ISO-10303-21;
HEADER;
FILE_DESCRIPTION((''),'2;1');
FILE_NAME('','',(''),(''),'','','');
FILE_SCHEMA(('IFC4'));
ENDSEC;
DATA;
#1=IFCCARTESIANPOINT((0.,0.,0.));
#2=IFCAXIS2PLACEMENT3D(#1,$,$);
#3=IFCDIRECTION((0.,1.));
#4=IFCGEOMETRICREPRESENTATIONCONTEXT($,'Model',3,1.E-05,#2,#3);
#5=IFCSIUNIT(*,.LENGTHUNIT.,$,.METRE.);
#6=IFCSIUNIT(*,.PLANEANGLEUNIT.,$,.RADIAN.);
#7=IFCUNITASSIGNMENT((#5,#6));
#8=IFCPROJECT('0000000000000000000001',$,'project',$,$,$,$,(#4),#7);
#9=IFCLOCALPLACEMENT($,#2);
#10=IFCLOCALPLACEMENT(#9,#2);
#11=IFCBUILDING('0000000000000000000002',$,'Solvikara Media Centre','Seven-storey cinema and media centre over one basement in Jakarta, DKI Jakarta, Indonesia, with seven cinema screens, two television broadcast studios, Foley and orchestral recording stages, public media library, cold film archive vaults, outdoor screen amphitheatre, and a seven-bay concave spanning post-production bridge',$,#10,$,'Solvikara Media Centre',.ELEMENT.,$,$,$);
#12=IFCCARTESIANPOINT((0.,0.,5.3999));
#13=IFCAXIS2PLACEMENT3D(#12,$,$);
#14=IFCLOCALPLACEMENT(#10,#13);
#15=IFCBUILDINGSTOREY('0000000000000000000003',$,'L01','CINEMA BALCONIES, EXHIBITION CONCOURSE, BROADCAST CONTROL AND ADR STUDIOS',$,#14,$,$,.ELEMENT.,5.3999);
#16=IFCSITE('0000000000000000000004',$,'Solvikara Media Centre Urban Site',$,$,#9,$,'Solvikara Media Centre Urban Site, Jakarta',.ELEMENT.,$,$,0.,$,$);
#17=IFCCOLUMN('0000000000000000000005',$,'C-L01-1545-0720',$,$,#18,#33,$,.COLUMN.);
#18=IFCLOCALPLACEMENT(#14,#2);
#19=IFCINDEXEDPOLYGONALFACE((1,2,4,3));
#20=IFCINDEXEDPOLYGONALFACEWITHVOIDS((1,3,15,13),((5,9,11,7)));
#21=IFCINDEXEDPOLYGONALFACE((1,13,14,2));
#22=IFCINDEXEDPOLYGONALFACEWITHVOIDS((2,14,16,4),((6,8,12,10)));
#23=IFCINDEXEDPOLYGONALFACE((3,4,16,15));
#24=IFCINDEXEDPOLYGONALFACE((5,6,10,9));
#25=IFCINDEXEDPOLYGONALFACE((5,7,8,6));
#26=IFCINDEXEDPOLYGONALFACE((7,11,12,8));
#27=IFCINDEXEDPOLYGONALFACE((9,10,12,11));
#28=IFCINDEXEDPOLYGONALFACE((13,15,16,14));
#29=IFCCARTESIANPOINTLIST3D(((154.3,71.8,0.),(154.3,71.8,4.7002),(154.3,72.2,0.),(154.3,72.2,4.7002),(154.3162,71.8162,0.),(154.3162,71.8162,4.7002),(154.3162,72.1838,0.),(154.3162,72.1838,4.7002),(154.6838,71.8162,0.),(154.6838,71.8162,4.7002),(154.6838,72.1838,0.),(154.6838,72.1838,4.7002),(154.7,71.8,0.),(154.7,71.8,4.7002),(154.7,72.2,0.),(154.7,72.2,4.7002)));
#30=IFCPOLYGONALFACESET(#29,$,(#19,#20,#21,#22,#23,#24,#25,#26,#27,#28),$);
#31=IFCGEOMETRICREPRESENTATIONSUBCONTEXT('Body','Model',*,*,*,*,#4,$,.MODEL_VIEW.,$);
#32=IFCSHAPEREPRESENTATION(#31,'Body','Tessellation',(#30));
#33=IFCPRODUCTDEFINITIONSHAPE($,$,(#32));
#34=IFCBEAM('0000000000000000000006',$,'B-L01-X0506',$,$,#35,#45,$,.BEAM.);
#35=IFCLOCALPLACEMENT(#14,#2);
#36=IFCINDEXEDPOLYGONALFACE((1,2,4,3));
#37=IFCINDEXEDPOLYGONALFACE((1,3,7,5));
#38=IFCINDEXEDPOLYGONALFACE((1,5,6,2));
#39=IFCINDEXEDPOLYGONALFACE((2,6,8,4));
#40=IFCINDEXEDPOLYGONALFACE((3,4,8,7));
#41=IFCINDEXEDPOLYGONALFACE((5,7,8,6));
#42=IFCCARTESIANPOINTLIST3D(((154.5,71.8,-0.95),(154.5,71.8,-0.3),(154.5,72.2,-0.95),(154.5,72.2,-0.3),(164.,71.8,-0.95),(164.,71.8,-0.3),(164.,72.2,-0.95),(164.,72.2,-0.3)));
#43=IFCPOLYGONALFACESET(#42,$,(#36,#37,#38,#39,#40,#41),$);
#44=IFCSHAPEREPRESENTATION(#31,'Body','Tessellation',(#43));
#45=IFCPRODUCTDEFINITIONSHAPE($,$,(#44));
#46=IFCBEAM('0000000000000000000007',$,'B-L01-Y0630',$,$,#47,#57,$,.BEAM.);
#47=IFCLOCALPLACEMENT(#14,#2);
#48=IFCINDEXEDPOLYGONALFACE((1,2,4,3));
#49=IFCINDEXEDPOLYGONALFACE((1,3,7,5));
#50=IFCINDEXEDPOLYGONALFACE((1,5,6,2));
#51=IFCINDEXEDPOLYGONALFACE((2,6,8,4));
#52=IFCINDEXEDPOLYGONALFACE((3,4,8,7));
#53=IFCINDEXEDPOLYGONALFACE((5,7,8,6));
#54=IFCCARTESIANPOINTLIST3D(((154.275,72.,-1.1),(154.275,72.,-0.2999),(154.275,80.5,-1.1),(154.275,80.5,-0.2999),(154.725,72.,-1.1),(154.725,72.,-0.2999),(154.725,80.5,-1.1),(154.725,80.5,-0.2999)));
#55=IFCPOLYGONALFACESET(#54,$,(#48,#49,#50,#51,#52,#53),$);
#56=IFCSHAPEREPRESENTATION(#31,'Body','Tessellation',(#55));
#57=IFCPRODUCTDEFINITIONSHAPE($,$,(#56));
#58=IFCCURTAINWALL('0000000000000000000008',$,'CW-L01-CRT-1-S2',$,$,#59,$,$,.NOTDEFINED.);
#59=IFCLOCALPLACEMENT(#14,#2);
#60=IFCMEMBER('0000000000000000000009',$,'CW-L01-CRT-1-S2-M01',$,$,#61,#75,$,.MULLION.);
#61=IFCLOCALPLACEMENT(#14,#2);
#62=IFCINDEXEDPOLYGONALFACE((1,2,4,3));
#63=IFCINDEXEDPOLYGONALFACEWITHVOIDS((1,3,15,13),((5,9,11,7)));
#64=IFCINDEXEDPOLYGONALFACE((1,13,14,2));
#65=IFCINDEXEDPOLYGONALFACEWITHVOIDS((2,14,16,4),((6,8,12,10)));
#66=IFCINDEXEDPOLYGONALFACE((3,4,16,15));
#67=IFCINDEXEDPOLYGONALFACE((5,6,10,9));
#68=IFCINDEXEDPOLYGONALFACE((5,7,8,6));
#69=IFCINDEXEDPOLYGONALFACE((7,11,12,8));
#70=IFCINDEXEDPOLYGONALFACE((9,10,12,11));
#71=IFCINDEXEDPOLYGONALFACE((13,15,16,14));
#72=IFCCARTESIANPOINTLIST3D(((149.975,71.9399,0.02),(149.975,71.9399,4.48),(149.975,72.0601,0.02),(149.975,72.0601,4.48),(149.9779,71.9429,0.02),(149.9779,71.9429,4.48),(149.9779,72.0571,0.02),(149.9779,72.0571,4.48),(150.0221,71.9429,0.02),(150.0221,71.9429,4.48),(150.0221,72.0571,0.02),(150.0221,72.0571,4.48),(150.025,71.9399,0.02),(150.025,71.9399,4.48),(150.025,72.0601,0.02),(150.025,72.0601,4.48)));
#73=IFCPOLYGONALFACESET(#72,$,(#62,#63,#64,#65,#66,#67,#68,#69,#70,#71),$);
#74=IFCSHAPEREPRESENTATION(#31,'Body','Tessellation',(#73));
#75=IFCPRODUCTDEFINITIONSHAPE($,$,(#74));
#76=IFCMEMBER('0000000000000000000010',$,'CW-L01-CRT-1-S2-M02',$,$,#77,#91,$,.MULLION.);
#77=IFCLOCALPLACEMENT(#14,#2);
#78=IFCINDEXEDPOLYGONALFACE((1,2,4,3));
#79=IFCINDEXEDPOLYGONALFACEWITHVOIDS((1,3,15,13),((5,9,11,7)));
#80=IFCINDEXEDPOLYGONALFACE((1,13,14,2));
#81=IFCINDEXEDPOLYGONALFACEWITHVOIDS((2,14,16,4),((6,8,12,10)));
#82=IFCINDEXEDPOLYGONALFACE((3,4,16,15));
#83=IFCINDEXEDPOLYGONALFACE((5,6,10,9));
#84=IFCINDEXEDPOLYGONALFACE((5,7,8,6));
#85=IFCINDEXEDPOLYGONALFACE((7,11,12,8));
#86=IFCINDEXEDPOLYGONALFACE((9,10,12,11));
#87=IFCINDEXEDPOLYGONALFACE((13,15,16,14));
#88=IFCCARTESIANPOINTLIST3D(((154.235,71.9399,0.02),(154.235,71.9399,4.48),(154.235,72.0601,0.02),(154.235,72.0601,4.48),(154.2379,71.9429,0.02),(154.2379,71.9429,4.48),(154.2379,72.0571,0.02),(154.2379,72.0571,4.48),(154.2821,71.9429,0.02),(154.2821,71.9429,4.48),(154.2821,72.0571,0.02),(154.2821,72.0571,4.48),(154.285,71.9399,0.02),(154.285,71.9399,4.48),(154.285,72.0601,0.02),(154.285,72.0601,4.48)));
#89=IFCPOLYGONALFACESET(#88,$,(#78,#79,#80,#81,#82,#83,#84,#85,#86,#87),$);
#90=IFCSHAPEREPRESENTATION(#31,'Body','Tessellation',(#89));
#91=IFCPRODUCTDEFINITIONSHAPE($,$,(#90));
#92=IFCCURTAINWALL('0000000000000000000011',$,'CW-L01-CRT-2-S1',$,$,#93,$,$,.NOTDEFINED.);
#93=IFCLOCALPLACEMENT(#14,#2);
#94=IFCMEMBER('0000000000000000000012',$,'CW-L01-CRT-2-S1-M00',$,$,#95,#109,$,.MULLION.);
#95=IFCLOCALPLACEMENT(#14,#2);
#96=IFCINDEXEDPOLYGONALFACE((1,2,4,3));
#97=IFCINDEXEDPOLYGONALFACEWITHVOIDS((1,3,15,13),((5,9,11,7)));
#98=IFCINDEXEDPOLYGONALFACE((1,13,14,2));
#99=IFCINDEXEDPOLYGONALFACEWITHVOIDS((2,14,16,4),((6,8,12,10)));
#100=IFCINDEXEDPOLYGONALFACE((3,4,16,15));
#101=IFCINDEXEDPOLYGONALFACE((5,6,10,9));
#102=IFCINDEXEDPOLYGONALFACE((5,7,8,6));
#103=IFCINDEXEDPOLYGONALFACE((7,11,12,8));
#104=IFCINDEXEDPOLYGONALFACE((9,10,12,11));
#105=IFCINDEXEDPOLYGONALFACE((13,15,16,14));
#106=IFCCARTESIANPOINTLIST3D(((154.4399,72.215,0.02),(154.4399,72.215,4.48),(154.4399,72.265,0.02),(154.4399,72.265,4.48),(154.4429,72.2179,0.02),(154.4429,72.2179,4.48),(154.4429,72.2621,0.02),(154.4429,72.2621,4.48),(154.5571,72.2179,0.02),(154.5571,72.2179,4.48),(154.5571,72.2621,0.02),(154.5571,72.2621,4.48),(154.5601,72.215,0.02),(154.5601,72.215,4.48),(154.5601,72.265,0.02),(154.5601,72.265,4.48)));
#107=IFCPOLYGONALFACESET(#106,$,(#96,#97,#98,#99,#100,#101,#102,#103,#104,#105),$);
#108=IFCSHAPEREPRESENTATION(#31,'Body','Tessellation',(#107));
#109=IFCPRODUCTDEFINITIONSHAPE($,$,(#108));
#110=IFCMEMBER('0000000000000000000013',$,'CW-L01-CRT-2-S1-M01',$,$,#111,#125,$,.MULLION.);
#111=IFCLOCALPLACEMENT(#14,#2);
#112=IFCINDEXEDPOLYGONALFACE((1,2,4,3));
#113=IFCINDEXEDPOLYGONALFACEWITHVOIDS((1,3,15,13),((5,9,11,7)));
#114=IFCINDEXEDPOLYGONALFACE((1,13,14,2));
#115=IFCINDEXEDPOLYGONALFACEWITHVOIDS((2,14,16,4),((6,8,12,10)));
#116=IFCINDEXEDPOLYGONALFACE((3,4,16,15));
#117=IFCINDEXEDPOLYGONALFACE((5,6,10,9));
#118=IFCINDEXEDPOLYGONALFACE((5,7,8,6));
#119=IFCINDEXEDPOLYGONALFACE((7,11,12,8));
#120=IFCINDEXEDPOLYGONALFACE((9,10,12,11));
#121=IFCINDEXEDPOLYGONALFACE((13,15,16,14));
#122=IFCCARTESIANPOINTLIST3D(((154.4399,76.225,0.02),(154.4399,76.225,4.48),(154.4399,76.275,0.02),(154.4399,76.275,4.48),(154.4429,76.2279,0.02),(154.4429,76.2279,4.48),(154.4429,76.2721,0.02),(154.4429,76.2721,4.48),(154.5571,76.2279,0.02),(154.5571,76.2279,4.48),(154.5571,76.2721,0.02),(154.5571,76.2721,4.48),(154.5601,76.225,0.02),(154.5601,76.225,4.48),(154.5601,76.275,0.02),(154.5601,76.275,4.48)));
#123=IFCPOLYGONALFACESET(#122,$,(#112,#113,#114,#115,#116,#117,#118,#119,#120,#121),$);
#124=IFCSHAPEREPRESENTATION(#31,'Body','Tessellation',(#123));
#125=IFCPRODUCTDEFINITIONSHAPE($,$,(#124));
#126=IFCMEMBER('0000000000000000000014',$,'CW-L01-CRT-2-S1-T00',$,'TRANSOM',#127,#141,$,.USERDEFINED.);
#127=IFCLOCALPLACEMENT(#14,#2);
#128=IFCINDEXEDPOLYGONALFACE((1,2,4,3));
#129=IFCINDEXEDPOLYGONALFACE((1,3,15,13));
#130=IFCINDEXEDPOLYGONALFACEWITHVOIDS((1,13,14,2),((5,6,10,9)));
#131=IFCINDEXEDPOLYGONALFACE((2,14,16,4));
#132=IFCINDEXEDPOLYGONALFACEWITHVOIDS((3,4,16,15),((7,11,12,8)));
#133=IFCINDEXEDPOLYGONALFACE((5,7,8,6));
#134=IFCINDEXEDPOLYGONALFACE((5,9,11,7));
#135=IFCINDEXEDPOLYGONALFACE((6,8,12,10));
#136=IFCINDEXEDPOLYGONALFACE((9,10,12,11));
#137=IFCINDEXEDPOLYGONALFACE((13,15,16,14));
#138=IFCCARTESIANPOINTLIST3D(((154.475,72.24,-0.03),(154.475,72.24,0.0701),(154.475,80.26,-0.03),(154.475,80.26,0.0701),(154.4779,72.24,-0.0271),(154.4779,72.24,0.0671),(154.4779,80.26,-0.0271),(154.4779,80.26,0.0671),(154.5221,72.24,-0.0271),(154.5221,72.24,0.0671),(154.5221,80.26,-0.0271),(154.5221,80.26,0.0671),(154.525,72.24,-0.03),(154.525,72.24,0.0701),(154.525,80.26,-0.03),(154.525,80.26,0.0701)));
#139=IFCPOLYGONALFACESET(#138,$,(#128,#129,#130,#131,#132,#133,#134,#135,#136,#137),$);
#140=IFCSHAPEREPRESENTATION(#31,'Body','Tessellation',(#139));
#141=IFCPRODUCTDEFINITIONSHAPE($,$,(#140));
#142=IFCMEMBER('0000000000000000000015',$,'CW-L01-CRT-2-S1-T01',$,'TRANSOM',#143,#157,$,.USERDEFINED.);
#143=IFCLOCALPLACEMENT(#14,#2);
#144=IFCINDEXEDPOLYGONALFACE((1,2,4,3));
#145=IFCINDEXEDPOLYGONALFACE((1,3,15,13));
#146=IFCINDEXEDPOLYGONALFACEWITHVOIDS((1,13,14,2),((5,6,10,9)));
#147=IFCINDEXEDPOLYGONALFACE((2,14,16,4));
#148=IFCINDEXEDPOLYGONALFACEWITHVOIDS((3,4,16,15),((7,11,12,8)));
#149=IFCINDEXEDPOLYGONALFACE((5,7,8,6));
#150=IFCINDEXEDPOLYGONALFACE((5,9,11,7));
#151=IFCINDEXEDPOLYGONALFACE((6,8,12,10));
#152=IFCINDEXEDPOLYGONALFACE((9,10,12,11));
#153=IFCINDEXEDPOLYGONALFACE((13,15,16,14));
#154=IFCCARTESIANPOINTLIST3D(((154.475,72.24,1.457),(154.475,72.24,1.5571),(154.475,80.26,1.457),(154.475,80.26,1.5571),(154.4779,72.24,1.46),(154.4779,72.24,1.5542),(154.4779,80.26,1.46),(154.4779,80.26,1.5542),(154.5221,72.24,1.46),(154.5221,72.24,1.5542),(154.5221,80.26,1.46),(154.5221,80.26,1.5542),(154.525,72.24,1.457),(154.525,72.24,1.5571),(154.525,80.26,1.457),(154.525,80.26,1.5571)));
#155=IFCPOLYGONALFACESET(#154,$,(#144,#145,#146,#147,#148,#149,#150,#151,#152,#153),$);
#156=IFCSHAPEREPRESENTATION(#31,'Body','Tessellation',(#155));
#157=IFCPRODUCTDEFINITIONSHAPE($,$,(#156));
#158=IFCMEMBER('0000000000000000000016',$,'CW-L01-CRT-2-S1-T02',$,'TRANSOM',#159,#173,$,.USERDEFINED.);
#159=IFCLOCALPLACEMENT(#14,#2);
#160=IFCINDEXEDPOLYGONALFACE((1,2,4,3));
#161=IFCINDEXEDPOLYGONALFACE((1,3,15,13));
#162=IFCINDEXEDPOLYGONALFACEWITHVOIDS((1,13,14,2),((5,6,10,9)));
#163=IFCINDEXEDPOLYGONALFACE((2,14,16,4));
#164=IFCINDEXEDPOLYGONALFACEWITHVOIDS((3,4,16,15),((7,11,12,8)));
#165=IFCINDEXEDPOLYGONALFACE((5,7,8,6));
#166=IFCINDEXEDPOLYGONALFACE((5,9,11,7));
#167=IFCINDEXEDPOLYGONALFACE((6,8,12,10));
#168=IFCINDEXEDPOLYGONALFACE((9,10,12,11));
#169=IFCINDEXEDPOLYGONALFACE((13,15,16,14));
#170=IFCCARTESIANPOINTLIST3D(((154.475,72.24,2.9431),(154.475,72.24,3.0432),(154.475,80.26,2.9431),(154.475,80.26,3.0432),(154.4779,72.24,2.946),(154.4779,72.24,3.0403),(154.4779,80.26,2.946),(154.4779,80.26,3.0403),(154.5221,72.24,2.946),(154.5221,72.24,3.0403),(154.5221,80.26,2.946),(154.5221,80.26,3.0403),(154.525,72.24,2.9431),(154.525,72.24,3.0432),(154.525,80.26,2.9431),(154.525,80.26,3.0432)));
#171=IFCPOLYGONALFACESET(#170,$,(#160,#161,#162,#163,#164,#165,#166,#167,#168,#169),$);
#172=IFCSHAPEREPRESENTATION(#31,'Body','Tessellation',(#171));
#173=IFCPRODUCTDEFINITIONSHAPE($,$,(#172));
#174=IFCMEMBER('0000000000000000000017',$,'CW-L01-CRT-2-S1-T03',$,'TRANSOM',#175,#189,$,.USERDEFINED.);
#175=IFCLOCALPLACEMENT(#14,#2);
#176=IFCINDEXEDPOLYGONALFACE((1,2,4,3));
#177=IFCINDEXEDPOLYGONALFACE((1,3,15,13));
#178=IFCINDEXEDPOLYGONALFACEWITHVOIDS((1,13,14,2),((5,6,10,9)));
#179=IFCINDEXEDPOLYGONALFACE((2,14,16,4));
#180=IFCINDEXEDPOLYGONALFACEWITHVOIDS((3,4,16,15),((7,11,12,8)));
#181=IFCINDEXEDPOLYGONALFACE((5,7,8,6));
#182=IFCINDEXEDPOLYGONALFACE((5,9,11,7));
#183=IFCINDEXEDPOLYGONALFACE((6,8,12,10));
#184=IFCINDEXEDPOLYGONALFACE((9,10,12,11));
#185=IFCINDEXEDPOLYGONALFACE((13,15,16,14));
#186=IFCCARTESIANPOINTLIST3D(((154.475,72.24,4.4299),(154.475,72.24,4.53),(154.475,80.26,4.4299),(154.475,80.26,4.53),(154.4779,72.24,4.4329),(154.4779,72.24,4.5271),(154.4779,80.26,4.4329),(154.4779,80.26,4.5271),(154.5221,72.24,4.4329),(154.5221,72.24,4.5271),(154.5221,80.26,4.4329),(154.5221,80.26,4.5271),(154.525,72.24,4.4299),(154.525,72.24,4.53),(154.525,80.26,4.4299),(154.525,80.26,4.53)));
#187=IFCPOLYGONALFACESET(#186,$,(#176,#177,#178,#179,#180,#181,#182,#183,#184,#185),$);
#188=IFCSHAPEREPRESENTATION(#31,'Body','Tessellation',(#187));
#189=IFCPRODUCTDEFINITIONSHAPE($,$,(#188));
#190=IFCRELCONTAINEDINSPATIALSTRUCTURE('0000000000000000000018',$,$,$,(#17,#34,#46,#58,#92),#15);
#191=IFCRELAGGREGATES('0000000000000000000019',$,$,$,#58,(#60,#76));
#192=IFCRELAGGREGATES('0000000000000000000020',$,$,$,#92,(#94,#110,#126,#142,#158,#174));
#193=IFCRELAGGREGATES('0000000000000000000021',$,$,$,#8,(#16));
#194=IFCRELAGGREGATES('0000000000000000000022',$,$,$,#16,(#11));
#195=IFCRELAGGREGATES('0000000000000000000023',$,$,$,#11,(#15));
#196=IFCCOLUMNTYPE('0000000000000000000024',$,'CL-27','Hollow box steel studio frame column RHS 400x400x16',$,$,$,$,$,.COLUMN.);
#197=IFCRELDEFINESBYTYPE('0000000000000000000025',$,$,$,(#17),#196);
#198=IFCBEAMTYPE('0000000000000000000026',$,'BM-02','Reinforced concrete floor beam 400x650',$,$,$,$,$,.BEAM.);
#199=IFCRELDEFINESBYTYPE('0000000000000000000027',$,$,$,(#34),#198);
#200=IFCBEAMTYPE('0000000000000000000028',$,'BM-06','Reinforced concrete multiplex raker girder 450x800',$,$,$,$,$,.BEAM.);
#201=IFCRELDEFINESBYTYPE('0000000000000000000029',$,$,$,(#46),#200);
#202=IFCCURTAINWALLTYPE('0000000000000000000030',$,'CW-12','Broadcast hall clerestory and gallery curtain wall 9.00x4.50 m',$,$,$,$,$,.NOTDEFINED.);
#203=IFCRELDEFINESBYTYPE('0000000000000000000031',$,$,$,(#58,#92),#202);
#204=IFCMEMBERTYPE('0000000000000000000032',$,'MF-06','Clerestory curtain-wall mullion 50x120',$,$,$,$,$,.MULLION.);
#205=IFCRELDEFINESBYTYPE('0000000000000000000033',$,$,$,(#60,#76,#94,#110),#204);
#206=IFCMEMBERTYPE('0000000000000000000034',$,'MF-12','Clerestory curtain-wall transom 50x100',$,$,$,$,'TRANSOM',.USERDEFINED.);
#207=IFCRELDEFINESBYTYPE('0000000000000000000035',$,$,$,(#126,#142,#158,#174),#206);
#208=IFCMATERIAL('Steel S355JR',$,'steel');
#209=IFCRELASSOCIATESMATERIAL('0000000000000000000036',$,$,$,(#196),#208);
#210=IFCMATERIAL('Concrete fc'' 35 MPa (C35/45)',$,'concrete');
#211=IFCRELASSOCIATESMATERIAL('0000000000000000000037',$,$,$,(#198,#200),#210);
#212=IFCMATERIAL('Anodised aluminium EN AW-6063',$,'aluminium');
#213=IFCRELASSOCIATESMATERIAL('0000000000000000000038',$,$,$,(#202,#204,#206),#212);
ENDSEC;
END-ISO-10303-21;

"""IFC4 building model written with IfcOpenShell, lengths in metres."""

from ifc_helpers import new_model, si_unit, direction, frame, origin, origin_2d, place, context, subcontext, project, spatial, rectangle, hollow_rectangle, extrude, material, material_profile, profile_set, type_object, element, aggregate, save


model = new_model("IFC4")

# Units and contexts
model_context = context("Model", 3, precision=1e-05, world=origin(), true_north=direction((0.0, 1.0)))
body_context = subcontext(model_context, "Body", "Model", "MODEL_VIEW")
ifc_project = project(units=[si_unit("LENGTHUNIT", "METRE"), si_unit("PLANEANGLEUNIT", "RADIAN")], contexts=[model_context])

# Site, building, storey
site_placement = place(None, origin())
site = spatial("IfcSite", under=ifc_project, at=site_placement, Name="Solvikara Media Centre Urban Site", LongName="Solvikara Media Centre Urban Site, Jakarta", CompositionType="ELEMENT", RefElevation=0.0)
building_placement = place(site_placement, origin())
building = spatial("IfcBuilding", under=site, at=building_placement, Name="Solvikara Media Centre", Description="Seven-storey cinema and media centre over one basement in Jakarta, DKI Jakarta, Indonesia, with seven cinema screens, two television broadcast studios, Foley and orchestral recording stages, public media library, cold film archive vaults, outdoor screen amphitheatre, and a seven-bay concave spanning post-production bridge", LongName="Solvikara Media Centre", CompositionType="ELEMENT")
storey_placement = place(building_placement, frame((0.0, 0.0, 5.3999)))
storey = spatial("IfcBuildingStorey", under=building, at=storey_placement, Name="L01", Description="CINEMA BALCONIES, EXHIBITION CONCOURSE, BROADCAST CONTROL AND ADR STUDIOS", CompositionType="ELEMENT", Elevation=5.3999)

# Column
ifc_material_1 = material(Name="Steel S355JR", Category="steel")
ifc_material_profile_1 = material_profile(ifc_material_1, hollow_rectangle(XDim=0.3999, YDim=0.3999, WallThickness=0.0161, at=origin_2d()), Name="RHS 400x400x16")
ifc_profile_set_1 = profile_set([ifc_material_profile_1], Name="Steel S355JR")
column_type = type_object("IfcColumnType", Name="CL-27", Description="Hollow box steel studio frame column RHS 400x400x16", PredefinedType="COLUMN", material=ifc_profile_set_1)
column_placement = place(storey_placement, frame((154.5, 72.0, 0.0), z_axis=(0.0, 0.0, 1.0), x_axis=(1.0, 0.0, 0.0)))
element("IfcColumn", 1, at=column_placement, inside=storey, type_object=column_type, Name="C-L01-1545-0720", PredefinedType="COLUMN", context=body_context, shape_type="SweptSolid", body=[
    extrude(hollow_rectangle(XDim=0.3999, YDim=0.3999, WallThickness=0.0161, at=origin_2d()), origin(), (0.0, 0.0, 1.0), 4.7002),
])

# Beams
ifc_material_2 = material(Name="Concrete fc' 35 MPa (C35/45)", Category="concrete")
ifc_material_profile_2 = material_profile(ifc_material_2, rectangle(XDim=0.3999, YDim=0.6499, at=origin_2d()), Name="RC 400x650")
ifc_profile_set_2 = profile_set([ifc_material_profile_2], Name="Concrete fc' 35 MPa (C35/45)")
beam_type_1 = type_object("IfcBeamType", Name="BM-02", Description="Reinforced concrete floor beam 400x650", PredefinedType="BEAM", material=ifc_profile_set_2)
beam_1_placement = place(storey_placement, frame((154.5, 72.0, -0.625), z_axis=(1.0, 0.0, 0.0), x_axis=(0.0, 1.0, 0.0)))
element("IfcBeam", 2, at=beam_1_placement, inside=storey, type_object=beam_type_1, Name="B-L01-X0506", PredefinedType="BEAM", context=body_context, shape_type="SweptSolid", body=[
    extrude(rectangle(XDim=0.3999, YDim=0.6499, at=origin_2d()), origin(), (0.0, 0.0, 1.0), 9.5),
])
ifc_material_profile_3 = material_profile(ifc_material_2, rectangle(XDim=0.45, YDim=0.8, at=origin_2d()), Name="RC 450x800")
ifc_profile_set_3 = profile_set([ifc_material_profile_3], Name="Concrete fc' 35 MPa (C35/45)")
beam_type_2 = type_object("IfcBeamType", Name="BM-06", Description="Reinforced concrete multiplex raker girder 450x800", PredefinedType="BEAM", material=ifc_profile_set_3)
beam_2_placement = place(storey_placement, frame((154.5, 72.0, -0.7), z_axis=(0.0, 1.0, 0.0), x_axis=(-1.0, 0.0, 0.0)))
element("IfcBeam", 3, at=beam_2_placement, inside=storey, type_object=beam_type_2, Name="B-L01-Y0630", PredefinedType="BEAM", context=body_context, shape_type="SweptSolid", body=[
    extrude(rectangle(XDim=0.45, YDim=0.8, at=origin_2d()), origin(), (0.0, 0.0, 1.0), 8.5),
])

# Curtain walls, members
ifc_material_3 = material(Name="Anodised aluminium EN AW-6063", Category="aluminium")
curtain_wall_type = type_object("IfcCurtainWallType", Name="CW-12", Description="Broadcast hall clerestory and gallery curtain wall 9.00x4.50 m", PredefinedType="NOTDEFINED", material=ifc_material_3)
curtain_wall_1_placement = place(storey_placement, origin())
curtain_wall_1 = element("IfcCurtainWall", 4, at=curtain_wall_1_placement, inside=storey, type_object=curtain_wall_type, Name="CW-L01-CRT-1-S2", PredefinedType="NOTDEFINED")
ifc_material_profile_4 = material_profile(ifc_material_3, hollow_rectangle(XDim=0.05, YDim=0.1201, WallThickness=0.0029, at=origin_2d()), Name="ALU-M 50x120x3")
ifc_profile_set_4 = profile_set([ifc_material_profile_4], Name="Anodised aluminium EN AW-6063")
member_type_1 = type_object("IfcMemberType", Name="MF-06", Description="Clerestory curtain-wall mullion 50x120", PredefinedType="MULLION", material=ifc_profile_set_4)
member_1_placement = place(storey_placement, frame((150.0, 72.0, 0.02), z_axis=(0.0, 0.0, 1.0), x_axis=(1.0, 0.0, 0.0)))
member_1 = element("IfcMember", 5, at=member_1_placement, type_object=member_type_1, Name="CW-L01-CRT-1-S2-M01", PredefinedType="MULLION", context=body_context, shape_type="SweptSolid", body=[
    extrude(hollow_rectangle(XDim=0.05, YDim=0.1201, WallThickness=0.0029, at=origin_2d()), origin(), (0.0, 0.0, 1.0), 4.46),
])
member_2_placement = place(storey_placement, frame((154.26, 72.0, 0.02), z_axis=(0.0, 0.0, 1.0), x_axis=(1.0, 0.0, 0.0)))
member_2 = element("IfcMember", 6, at=member_2_placement, type_object=member_type_1, Name="CW-L01-CRT-1-S2-M02", PredefinedType="MULLION", context=body_context, shape_type="SweptSolid", body=[
    extrude(hollow_rectangle(XDim=0.05, YDim=0.1201, WallThickness=0.0029, at=origin_2d()), origin(), (0.0, 0.0, 1.0), 4.46),
])
curtain_wall_2_placement = place(storey_placement, origin())
curtain_wall_2 = element("IfcCurtainWall", 7, at=curtain_wall_2_placement, inside=storey, type_object=curtain_wall_type, Name="CW-L01-CRT-2-S1", PredefinedType="NOTDEFINED")
member_3_placement = place(storey_placement, frame((154.5, 72.24, 0.02), z_axis=(0.0, 0.0, 1.0), x_axis=(0.0, 1.0, 0.0)))
member_3 = element("IfcMember", 8, at=member_3_placement, type_object=member_type_1, Name="CW-L01-CRT-2-S1-M00", PredefinedType="MULLION", context=body_context, shape_type="SweptSolid", body=[
    extrude(hollow_rectangle(XDim=0.05, YDim=0.1201, WallThickness=0.0029, at=origin_2d()), origin(), (0.0, 0.0, 1.0), 4.46),
])
member_4_placement = place(storey_placement, frame((154.5, 76.25, 0.02), z_axis=(0.0, 0.0, 1.0), x_axis=(0.0, 1.0, 0.0)))
member_4 = element("IfcMember", 9, at=member_4_placement, type_object=member_type_1, Name="CW-L01-CRT-2-S1-M01", PredefinedType="MULLION", context=body_context, shape_type="SweptSolid", body=[
    extrude(hollow_rectangle(XDim=0.05, YDim=0.1201, WallThickness=0.0029, at=origin_2d()), origin(), (0.0, 0.0, 1.0), 4.46),
])
ifc_material_profile_5 = material_profile(ifc_material_3, hollow_rectangle(XDim=0.05, YDim=0.1001, WallThickness=0.0029, at=origin_2d()), Name="ALU-T 50x100x3")
ifc_profile_set_5 = profile_set([ifc_material_profile_5], Name="Anodised aluminium EN AW-6063")
member_type_2 = type_object("IfcMemberType", Name="MF-12", Description="Clerestory curtain-wall transom 50x100", ElementType="TRANSOM", PredefinedType="USERDEFINED", material=ifc_profile_set_5)
member_5_placement = place(storey_placement, frame((154.5, 72.24, 0.02), z_axis=(0.0, 1.0, 0.0), x_axis=(-1.0, 0.0, 0.0)))
member_5 = element("IfcMember", 10, at=member_5_placement, type_object=member_type_2, Name="CW-L01-CRT-2-S1-T00", ObjectType="TRANSOM", PredefinedType="USERDEFINED", context=body_context, shape_type="SweptSolid", body=[
    extrude(hollow_rectangle(XDim=0.05, YDim=0.1001, WallThickness=0.0029, at=origin_2d()), origin(), (0.0, 0.0, 1.0), 8.02),
])
member_6_placement = place(storey_placement, frame((154.5, 72.24, 1.5071), z_axis=(0.0, 1.0, 0.0), x_axis=(-1.0, 0.0, 0.0)))
member_6 = element("IfcMember", 11, at=member_6_placement, type_object=member_type_2, Name="CW-L01-CRT-2-S1-T01", ObjectType="TRANSOM", PredefinedType="USERDEFINED", context=body_context, shape_type="SweptSolid", body=[
    extrude(hollow_rectangle(XDim=0.05, YDim=0.1001, WallThickness=0.0029, at=origin_2d()), origin(), (0.0, 0.0, 1.0), 8.02),
])
member_7_placement = place(storey_placement, frame((154.5, 72.24, 2.9932), z_axis=(0.0, 1.0, 0.0), x_axis=(-1.0, 0.0, 0.0)))
member_7 = element("IfcMember", 12, at=member_7_placement, type_object=member_type_2, Name="CW-L01-CRT-2-S1-T02", ObjectType="TRANSOM", PredefinedType="USERDEFINED", context=body_context, shape_type="SweptSolid", body=[
    extrude(hollow_rectangle(XDim=0.05, YDim=0.1001, WallThickness=0.0029, at=origin_2d()), origin(), (0.0, 0.0, 1.0), 8.02),
])
member_8_placement = place(storey_placement, frame((154.5, 72.24, 4.48), z_axis=(0.0, 1.0, 0.0), x_axis=(-1.0, 0.0, 0.0)))
member_8 = element("IfcMember", 13, at=member_8_placement, type_object=member_type_2, Name="CW-L01-CRT-2-S1-T03", ObjectType="TRANSOM", PredefinedType="USERDEFINED", context=body_context, shape_type="SweptSolid", body=[
    extrude(hollow_rectangle(XDim=0.05, YDim=0.1001, WallThickness=0.0029, at=origin_2d()), origin(), (0.0, 0.0, 1.0), 8.02),
])

aggregate(curtain_wall_1, [member_1, member_2])
aggregate(curtain_wall_2, [member_3, member_4, member_5, member_6, member_7, member_8])

save(model, "model.ifc")
